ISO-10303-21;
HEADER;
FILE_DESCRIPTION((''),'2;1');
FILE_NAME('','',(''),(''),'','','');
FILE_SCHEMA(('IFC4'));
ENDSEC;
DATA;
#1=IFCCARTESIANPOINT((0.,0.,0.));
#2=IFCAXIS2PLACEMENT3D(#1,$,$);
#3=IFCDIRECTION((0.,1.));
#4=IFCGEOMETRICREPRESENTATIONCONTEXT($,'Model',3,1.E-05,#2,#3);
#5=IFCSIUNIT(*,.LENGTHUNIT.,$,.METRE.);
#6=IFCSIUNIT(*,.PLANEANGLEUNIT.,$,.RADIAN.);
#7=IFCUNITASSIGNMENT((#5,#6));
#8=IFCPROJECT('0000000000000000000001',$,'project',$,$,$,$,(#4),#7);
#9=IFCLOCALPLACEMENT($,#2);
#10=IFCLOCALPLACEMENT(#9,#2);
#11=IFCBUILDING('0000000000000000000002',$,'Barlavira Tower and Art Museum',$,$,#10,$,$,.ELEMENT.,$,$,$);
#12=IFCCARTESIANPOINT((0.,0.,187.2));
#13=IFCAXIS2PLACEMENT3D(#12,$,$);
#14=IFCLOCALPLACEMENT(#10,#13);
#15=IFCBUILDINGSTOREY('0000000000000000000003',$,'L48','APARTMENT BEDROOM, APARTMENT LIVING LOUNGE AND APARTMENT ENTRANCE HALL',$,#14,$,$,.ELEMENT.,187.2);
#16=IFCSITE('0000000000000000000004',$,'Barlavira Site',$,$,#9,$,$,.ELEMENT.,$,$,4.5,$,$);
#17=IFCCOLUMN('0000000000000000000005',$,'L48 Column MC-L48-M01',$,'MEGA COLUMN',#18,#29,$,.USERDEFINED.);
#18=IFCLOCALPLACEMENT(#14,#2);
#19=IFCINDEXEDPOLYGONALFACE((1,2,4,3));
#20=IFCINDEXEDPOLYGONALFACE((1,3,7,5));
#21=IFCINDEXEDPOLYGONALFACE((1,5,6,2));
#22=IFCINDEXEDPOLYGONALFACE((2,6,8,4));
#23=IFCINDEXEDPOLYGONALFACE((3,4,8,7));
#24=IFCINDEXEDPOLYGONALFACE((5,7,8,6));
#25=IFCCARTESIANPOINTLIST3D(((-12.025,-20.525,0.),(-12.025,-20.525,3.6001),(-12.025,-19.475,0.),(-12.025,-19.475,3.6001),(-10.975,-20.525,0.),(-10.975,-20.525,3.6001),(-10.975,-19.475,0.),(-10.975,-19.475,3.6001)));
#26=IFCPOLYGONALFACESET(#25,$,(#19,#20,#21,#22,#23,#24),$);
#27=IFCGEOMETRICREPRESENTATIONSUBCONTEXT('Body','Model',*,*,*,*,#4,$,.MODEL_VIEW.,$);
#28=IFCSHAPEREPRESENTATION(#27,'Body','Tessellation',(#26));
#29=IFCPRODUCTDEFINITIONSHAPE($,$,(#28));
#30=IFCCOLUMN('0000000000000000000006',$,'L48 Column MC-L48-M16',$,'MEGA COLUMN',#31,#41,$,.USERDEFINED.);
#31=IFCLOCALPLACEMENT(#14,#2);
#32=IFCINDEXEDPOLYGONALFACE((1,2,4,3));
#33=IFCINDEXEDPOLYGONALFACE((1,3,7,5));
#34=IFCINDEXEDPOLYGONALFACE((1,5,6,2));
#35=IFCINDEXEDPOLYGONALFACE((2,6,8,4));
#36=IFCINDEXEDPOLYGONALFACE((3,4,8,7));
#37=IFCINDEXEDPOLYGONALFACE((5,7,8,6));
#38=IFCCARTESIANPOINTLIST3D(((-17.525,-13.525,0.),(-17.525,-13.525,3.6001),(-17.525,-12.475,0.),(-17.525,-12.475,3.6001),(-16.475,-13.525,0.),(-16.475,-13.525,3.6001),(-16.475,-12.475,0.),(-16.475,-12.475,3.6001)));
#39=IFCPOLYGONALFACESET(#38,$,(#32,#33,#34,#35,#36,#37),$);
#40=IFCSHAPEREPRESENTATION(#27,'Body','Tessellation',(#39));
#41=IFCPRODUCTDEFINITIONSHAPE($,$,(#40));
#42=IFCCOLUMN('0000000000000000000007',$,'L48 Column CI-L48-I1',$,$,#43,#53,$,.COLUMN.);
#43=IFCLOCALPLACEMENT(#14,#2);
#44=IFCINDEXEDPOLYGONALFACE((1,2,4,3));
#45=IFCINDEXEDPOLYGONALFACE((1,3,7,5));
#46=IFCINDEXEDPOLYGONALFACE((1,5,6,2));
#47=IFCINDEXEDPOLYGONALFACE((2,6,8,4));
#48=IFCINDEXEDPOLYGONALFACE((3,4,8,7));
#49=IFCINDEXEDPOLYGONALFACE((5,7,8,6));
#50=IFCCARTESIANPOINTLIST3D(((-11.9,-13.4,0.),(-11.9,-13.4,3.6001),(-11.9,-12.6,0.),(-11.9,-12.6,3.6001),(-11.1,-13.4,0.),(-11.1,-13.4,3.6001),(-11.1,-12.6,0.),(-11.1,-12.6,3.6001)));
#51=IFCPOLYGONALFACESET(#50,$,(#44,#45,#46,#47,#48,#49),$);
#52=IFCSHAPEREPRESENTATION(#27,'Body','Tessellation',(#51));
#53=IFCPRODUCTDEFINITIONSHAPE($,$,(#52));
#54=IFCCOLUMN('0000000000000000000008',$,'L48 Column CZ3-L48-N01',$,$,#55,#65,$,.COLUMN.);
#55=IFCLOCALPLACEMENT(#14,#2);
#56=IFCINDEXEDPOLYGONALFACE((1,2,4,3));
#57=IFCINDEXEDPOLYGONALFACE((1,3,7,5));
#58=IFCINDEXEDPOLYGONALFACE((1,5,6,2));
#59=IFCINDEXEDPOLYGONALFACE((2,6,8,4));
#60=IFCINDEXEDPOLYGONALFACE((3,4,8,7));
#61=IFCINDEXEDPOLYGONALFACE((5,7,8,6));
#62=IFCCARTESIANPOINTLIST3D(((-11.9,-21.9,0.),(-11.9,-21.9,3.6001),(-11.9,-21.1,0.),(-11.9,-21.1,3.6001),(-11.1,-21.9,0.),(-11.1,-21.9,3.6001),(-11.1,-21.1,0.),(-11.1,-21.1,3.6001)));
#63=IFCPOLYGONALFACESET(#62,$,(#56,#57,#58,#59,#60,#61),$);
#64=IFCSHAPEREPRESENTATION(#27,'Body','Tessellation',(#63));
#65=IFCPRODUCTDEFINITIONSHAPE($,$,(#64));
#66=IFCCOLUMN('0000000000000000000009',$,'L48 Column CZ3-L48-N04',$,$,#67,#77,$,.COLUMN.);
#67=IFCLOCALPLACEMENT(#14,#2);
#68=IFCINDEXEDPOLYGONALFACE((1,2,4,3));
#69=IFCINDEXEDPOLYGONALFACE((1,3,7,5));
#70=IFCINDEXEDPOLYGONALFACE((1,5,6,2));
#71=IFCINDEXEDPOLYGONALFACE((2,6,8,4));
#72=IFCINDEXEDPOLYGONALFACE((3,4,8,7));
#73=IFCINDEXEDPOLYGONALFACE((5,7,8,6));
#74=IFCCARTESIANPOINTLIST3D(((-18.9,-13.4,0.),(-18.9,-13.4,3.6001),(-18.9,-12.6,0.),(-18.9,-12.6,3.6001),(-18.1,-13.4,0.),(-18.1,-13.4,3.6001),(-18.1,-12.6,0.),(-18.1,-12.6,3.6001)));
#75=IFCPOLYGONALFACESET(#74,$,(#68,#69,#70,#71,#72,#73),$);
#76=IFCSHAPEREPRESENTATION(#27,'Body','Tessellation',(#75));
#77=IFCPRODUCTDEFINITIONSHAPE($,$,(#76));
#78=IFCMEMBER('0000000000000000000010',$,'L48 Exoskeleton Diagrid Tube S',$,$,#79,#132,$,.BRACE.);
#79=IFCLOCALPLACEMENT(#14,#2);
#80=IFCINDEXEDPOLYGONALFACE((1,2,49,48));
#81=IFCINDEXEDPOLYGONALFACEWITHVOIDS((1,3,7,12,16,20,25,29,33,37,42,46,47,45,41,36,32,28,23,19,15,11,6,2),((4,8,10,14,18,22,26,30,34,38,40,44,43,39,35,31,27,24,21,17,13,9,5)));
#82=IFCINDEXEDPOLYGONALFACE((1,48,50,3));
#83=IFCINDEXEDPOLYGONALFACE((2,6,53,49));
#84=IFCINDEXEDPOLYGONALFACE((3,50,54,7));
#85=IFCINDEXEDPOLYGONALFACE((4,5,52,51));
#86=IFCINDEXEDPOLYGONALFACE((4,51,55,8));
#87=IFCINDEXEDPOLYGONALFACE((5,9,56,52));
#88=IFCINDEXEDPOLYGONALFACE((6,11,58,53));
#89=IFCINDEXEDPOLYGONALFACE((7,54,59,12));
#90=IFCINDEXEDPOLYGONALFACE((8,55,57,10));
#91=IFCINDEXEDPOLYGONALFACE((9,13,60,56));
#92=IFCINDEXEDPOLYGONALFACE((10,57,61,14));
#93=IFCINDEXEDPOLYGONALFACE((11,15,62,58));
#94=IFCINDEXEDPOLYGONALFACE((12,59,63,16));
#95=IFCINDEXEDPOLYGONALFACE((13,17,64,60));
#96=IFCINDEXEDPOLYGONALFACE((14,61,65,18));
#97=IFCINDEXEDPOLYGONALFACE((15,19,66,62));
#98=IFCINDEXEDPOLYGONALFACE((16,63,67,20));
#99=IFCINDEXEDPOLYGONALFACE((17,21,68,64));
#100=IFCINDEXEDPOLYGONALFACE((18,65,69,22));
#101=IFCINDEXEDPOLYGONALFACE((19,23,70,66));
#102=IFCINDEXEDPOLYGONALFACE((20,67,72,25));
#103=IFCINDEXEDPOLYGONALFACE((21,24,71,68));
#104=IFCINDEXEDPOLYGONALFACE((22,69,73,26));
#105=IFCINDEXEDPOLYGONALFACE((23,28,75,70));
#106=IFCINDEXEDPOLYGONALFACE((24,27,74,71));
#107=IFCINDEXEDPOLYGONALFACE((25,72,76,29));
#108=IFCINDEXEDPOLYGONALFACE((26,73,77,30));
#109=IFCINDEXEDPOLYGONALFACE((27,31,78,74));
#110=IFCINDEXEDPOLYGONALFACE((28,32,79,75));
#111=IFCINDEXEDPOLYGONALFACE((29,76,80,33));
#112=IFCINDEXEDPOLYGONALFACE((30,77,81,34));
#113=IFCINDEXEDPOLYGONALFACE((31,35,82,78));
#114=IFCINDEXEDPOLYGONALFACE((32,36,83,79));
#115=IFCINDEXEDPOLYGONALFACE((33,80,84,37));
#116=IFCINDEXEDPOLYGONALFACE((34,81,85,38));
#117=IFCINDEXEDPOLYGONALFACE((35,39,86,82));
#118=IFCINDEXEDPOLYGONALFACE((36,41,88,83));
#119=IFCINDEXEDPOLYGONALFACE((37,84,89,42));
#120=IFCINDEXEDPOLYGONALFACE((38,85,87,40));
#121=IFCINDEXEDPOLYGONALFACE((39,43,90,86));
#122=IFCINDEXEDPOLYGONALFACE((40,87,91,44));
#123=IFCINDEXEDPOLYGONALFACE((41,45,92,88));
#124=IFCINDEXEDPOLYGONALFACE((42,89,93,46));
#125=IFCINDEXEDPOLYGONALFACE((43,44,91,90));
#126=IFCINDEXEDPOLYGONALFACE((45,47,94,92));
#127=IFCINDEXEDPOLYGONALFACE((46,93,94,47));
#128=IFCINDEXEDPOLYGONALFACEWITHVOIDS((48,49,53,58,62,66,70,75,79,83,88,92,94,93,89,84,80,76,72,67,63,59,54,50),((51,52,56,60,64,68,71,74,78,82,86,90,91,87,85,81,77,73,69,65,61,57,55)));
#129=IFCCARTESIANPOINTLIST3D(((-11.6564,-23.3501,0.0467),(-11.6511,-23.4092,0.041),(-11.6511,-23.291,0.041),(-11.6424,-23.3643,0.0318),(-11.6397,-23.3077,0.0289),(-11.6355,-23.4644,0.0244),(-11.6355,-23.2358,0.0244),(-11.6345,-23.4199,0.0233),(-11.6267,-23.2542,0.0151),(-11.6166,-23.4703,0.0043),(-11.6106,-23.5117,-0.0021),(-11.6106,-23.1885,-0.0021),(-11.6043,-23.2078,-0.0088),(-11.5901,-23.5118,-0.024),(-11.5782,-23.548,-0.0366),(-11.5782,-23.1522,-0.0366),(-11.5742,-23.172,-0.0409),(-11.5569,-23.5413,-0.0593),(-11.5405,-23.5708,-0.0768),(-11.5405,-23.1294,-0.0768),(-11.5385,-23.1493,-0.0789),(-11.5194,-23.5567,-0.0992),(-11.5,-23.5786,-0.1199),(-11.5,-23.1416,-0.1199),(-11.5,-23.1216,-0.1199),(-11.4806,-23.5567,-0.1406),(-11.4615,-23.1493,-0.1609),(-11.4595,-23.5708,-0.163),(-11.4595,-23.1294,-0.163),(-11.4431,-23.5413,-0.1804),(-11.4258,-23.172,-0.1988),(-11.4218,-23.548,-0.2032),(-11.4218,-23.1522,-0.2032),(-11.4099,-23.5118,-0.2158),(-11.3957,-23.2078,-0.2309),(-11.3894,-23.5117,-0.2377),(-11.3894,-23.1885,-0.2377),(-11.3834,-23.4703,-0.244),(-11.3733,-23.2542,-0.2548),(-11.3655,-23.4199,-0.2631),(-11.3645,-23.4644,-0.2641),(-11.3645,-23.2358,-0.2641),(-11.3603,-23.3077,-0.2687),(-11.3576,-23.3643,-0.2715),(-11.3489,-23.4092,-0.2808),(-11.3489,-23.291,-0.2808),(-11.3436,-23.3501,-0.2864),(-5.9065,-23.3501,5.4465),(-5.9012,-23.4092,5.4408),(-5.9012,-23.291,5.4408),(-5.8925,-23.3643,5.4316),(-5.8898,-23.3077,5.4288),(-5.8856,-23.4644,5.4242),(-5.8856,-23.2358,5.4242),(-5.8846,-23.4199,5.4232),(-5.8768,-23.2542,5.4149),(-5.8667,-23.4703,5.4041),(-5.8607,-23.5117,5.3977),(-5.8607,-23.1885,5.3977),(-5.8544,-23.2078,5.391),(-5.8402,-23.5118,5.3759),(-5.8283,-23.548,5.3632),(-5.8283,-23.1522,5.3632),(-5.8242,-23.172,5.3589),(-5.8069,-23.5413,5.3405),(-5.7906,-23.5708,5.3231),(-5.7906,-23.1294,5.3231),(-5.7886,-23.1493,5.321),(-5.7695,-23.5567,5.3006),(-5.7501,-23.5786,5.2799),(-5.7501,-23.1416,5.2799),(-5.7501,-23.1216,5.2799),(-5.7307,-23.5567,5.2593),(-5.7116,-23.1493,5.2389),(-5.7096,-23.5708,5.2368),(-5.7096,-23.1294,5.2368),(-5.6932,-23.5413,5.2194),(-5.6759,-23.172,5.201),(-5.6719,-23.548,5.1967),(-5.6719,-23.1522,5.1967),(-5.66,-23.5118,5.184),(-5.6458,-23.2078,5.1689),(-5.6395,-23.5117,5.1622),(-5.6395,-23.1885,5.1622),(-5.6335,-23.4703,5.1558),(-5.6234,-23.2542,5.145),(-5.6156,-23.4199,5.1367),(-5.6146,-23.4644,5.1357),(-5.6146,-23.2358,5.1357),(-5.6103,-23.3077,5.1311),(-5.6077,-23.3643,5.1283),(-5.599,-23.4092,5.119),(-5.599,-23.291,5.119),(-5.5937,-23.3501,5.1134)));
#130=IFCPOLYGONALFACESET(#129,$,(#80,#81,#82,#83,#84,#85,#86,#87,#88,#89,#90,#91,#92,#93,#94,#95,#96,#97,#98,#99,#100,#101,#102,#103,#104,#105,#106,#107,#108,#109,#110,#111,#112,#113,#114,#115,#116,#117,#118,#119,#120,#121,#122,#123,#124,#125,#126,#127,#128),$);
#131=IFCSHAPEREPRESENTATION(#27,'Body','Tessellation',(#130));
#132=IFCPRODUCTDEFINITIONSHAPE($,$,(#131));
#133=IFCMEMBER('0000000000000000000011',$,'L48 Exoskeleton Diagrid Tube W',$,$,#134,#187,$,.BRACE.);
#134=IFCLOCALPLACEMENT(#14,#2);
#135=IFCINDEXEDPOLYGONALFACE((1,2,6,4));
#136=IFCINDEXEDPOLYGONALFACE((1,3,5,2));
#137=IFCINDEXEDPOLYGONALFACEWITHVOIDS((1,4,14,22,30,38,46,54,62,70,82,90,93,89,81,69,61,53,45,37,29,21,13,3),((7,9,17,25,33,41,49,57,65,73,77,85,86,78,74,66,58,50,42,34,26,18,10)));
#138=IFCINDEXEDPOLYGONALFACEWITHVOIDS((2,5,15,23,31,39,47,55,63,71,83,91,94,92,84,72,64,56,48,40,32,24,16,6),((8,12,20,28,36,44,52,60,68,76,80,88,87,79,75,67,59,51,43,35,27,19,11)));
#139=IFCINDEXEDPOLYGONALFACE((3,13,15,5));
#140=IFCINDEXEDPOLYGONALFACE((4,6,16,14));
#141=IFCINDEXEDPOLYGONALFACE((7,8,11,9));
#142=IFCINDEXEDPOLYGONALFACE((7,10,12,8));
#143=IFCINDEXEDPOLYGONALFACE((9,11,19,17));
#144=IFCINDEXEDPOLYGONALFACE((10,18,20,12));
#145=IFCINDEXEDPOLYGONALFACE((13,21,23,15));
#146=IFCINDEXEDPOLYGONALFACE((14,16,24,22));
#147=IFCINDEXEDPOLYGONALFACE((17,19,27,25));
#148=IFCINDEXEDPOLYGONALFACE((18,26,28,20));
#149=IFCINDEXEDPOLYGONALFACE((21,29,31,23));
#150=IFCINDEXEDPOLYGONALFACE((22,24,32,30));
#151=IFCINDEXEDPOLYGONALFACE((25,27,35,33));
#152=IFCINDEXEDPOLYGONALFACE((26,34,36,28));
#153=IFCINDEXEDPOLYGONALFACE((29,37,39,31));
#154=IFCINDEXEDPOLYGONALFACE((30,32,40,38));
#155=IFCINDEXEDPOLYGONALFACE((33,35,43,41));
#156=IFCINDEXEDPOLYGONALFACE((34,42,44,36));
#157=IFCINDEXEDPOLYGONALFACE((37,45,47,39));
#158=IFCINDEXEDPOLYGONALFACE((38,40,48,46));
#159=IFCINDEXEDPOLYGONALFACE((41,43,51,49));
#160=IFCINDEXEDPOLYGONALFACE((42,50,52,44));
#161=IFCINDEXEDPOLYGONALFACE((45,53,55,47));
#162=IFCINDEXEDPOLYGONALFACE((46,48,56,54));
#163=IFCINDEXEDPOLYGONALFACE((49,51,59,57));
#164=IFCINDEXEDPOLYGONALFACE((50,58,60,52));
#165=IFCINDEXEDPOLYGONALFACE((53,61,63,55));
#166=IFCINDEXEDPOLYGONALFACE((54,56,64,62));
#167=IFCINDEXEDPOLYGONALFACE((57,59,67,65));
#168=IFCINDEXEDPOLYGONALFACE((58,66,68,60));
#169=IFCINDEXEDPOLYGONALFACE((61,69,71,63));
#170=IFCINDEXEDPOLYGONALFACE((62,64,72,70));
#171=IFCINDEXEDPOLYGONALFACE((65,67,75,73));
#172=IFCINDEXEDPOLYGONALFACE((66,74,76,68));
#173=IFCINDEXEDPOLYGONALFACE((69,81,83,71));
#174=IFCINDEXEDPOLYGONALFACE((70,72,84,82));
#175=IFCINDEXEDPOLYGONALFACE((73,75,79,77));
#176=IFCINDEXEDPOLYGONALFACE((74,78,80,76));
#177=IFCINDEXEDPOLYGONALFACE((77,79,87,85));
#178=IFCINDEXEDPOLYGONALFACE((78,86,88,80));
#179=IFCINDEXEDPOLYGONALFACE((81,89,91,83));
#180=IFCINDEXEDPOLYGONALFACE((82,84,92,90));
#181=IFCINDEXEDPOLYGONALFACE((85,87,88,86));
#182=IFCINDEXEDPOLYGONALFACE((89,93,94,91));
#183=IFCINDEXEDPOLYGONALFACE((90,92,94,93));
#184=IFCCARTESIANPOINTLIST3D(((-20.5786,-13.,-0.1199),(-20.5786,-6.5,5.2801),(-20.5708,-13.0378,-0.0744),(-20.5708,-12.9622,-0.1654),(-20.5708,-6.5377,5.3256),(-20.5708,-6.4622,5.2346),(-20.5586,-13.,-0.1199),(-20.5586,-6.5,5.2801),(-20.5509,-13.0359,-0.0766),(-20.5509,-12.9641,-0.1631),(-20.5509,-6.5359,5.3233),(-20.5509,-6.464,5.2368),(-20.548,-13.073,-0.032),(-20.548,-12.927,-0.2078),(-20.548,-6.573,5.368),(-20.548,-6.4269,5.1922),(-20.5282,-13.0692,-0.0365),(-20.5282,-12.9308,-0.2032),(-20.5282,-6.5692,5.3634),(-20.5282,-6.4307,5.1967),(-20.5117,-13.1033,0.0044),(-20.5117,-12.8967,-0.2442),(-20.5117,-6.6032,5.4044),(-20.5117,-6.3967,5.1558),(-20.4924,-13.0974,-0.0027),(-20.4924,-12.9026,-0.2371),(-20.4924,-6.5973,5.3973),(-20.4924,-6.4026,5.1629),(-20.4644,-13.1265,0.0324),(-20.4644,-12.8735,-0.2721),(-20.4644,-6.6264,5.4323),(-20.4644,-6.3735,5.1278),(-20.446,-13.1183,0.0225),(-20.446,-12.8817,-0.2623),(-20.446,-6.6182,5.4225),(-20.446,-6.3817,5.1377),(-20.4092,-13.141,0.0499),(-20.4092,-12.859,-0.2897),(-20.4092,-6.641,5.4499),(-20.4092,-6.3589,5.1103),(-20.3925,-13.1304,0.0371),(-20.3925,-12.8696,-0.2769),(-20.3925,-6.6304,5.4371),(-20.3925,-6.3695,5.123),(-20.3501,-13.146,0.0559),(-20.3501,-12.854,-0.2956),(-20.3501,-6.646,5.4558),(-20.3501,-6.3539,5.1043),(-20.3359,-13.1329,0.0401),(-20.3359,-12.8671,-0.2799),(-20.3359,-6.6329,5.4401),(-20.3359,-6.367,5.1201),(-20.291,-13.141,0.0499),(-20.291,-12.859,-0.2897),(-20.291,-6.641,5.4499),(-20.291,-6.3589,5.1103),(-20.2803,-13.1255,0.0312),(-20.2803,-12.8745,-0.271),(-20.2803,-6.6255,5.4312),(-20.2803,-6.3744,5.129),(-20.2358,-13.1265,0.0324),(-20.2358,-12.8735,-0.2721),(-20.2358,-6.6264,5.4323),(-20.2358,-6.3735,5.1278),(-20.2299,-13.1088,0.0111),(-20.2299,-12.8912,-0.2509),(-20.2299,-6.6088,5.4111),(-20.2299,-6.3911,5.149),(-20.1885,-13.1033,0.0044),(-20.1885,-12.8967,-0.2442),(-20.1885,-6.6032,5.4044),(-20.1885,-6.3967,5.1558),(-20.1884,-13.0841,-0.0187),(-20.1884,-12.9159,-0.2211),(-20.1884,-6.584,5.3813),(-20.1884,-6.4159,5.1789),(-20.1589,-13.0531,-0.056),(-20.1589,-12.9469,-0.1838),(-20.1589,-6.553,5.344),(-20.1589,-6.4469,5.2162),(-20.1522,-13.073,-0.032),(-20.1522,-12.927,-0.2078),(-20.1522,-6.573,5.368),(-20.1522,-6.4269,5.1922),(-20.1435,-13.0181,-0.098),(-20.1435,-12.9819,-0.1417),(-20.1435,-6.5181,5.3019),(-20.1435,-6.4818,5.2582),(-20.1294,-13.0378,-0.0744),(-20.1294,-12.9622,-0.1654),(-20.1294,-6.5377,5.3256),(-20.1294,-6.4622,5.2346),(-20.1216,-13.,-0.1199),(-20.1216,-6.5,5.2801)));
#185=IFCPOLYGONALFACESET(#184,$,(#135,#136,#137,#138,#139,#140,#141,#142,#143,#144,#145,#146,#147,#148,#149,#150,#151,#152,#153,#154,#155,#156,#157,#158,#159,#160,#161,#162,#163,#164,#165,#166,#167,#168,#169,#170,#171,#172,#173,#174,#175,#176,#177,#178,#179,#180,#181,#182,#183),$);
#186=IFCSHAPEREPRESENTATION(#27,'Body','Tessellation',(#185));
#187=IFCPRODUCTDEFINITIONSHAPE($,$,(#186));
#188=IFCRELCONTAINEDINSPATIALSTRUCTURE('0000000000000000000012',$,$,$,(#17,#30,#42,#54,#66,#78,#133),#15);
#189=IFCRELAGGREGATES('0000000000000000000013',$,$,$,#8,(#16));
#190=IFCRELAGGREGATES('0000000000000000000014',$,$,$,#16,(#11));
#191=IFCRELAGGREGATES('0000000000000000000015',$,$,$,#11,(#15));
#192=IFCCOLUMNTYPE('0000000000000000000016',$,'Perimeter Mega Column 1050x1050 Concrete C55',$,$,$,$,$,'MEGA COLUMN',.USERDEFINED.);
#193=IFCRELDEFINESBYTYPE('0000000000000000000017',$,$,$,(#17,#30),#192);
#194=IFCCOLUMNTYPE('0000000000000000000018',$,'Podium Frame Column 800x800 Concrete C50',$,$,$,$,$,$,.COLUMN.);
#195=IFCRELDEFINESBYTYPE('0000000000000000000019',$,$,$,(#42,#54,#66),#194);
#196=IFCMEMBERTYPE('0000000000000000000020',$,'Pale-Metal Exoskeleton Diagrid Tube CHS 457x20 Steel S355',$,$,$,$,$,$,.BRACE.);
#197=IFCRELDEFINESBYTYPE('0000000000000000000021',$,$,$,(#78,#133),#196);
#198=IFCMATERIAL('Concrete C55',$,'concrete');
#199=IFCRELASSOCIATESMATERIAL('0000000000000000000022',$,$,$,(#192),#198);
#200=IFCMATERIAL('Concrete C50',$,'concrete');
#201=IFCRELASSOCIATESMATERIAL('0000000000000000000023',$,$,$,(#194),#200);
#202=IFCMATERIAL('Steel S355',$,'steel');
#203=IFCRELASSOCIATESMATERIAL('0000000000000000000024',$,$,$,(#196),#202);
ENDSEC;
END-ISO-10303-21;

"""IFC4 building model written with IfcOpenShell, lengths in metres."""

from ifc_helpers import new_model, si_unit, direction, frame, origin, origin_2d, place, context, subcontext, project, spatial, rectangle, hollow_circle, extrude, material, material_profile, profile_set, type_object, element, save


model = new_model("IFC4")

# Units and contexts
model_context = context("Model", 3, precision=1e-05, world=origin(), true_north=direction((0.0, 1.0)))
body_context = subcontext(model_context, "Body", "Model", "MODEL_VIEW")
ifc_project = project(units=[si_unit("LENGTHUNIT", "METRE"), si_unit("PLANEANGLEUNIT", "RADIAN")], contexts=[model_context])

# Site, building, storey
site_placement = place(None, origin())
site = spatial("IfcSite", under=ifc_project, at=site_placement, Name="Barlavira Site", CompositionType="ELEMENT", RefElevation=4.5)
building_placement = place(site_placement, origin())
building = spatial("IfcBuilding", under=site, at=building_placement, Name="Barlavira Tower and Art Museum", CompositionType="ELEMENT")
storey_placement = place(building_placement, frame((0.0, 0.0, 187.2)))
storey = spatial("IfcBuildingStorey", under=building, at=storey_placement, Name="L48", Description="APARTMENT BEDROOM, APARTMENT LIVING LOUNGE AND APARTMENT ENTRANCE HALL", CompositionType="ELEMENT", Elevation=187.2)

# Columns
ifc_material_1 = material(Name="Concrete C55", Category="concrete")
ifc_material_profile_1 = material_profile(ifc_material_1, rectangle(XDim=1.05, YDim=1.05, at=origin_2d()), Name="RC-COL 1050x1050")
ifc_profile_set_1 = profile_set([ifc_material_profile_1], Name="Concrete C55")
column_type_1 = type_object("IfcColumnType", Name="Perimeter Mega Column 1050x1050 Concrete C55", ElementType="MEGA COLUMN", PredefinedType="USERDEFINED", material=ifc_profile_set_1)
for number, where, z_axis, x_axis, name in (
    (1, (-11.5, -20.0, 0.0), (0.0, 0.0, 1.0), (1.0, 0.0, 0.0), "L48 Column MC-L48-M01"),
    (2, (-17.0, -13.0, 0.0), (0.0, 0.0, 1.0), (1.0, 0.0, 0.0), "L48 Column MC-L48-M16"),
):
    element("IfcColumn", number, at=place(storey_placement, frame(where, z_axis=z_axis, x_axis=x_axis)), inside=storey, type_object=column_type_1, Name=name, ObjectType="MEGA COLUMN", PredefinedType="USERDEFINED", context=body_context, shape_type="SweptSolid", body=[
        extrude(rectangle(XDim=1.05, YDim=1.05, at=origin_2d()), origin(), (0.0, 0.0, 1.0), 3.6001),
    ])
ifc_material_2 = material(Name="Concrete C50", Category="concrete")
ifc_material_profile_2 = material_profile(ifc_material_2, rectangle(XDim=0.8, YDim=0.8, at=origin_2d()), Name="RC-COL 800x800")
ifc_profile_set_2 = profile_set([ifc_material_profile_2], Name="Concrete C50")
column_type_2 = type_object("IfcColumnType", Name="Podium Frame Column 800x800 Concrete C50", PredefinedType="COLUMN", material=ifc_profile_set_2)
for number, where, z_axis, x_axis, name in (
    (3, (-11.5, -13.0, 0.0), (0.0, 0.0, 1.0), (1.0, 0.0, 0.0), "L48 Column CI-L48-I1"),
    (4, (-11.5, -21.5, 0.0), (0.0, 0.0, 1.0), (1.0, 0.0, 0.0), "L48 Column CZ3-L48-N01"),
    (5, (-18.5, -13.0, 0.0), (0.0, 0.0, 1.0), (1.0, 0.0, 0.0), "L48 Column CZ3-L48-N04"),
):
    element("IfcColumn", number, at=place(storey_placement, frame(where, z_axis=z_axis, x_axis=x_axis)), inside=storey, type_object=column_type_2, Name=name, PredefinedType="COLUMN", context=body_context, shape_type="SweptSolid", body=[
        extrude(rectangle(XDim=0.8, YDim=0.8, at=origin_2d()), origin(), (0.0, 0.0, 1.0), 3.6001),
    ])

# Members
ifc_material_3 = material(Name="Steel S355", Category="steel")
ifc_material_profile_3 = material_profile(ifc_material_3, hollow_circle(Radius=0.2285, WallThickness=0.02, at=origin_2d()), Name="CHS 457.0x20.0")
ifc_profile_set_3 = profile_set([ifc_material_profile_3], Name="Steel S355")
member_type_1 = type_object("IfcMemberType", Name="Pale-Metal Exoskeleton Diagrid Tube CHS 457x20 Steel S355", PredefinedType="BRACE", material=ifc_profile_set_3)
member_1_placement = place(storey_placement, frame((-11.5, -23.3501, -0.1199), z_axis=(0.72895, 0.0, 0.684567), x_axis=(0.0, 1.0, 0.0)))
element("IfcMember", 6, at=member_1_placement, inside=storey, type_object=member_type_1, Name="L48 Exoskeleton Diagrid Tube S", PredefinedType="BRACE", context=body_context, shape_type="SweptSolid", body=[
    extrude(hollow_circle(Radius=0.2285, WallThickness=0.02, at=origin_2d()), origin(), (0.0, 0.0, 1.0), 7.8879),
])
member_2_placement = place(storey_placement, frame((-20.3501, -13.0, -0.1199), z_axis=(0.0, 0.769196, 0.639013), x_axis=(-1.0, 0.0, 0.0)))
element("IfcMember", 7, at=member_2_placement, inside=storey, type_object=member_type_1, Name="L48 Exoskeleton Diagrid Tube W", PredefinedType="BRACE", context=body_context, shape_type="SweptSolid", body=[
    extrude(hollow_circle(Radius=0.2285, WallThickness=0.02, at=origin_2d()), origin(), (0.0, 0.0, 1.0), 8.4504),
])

save(model, "model.ifc")
